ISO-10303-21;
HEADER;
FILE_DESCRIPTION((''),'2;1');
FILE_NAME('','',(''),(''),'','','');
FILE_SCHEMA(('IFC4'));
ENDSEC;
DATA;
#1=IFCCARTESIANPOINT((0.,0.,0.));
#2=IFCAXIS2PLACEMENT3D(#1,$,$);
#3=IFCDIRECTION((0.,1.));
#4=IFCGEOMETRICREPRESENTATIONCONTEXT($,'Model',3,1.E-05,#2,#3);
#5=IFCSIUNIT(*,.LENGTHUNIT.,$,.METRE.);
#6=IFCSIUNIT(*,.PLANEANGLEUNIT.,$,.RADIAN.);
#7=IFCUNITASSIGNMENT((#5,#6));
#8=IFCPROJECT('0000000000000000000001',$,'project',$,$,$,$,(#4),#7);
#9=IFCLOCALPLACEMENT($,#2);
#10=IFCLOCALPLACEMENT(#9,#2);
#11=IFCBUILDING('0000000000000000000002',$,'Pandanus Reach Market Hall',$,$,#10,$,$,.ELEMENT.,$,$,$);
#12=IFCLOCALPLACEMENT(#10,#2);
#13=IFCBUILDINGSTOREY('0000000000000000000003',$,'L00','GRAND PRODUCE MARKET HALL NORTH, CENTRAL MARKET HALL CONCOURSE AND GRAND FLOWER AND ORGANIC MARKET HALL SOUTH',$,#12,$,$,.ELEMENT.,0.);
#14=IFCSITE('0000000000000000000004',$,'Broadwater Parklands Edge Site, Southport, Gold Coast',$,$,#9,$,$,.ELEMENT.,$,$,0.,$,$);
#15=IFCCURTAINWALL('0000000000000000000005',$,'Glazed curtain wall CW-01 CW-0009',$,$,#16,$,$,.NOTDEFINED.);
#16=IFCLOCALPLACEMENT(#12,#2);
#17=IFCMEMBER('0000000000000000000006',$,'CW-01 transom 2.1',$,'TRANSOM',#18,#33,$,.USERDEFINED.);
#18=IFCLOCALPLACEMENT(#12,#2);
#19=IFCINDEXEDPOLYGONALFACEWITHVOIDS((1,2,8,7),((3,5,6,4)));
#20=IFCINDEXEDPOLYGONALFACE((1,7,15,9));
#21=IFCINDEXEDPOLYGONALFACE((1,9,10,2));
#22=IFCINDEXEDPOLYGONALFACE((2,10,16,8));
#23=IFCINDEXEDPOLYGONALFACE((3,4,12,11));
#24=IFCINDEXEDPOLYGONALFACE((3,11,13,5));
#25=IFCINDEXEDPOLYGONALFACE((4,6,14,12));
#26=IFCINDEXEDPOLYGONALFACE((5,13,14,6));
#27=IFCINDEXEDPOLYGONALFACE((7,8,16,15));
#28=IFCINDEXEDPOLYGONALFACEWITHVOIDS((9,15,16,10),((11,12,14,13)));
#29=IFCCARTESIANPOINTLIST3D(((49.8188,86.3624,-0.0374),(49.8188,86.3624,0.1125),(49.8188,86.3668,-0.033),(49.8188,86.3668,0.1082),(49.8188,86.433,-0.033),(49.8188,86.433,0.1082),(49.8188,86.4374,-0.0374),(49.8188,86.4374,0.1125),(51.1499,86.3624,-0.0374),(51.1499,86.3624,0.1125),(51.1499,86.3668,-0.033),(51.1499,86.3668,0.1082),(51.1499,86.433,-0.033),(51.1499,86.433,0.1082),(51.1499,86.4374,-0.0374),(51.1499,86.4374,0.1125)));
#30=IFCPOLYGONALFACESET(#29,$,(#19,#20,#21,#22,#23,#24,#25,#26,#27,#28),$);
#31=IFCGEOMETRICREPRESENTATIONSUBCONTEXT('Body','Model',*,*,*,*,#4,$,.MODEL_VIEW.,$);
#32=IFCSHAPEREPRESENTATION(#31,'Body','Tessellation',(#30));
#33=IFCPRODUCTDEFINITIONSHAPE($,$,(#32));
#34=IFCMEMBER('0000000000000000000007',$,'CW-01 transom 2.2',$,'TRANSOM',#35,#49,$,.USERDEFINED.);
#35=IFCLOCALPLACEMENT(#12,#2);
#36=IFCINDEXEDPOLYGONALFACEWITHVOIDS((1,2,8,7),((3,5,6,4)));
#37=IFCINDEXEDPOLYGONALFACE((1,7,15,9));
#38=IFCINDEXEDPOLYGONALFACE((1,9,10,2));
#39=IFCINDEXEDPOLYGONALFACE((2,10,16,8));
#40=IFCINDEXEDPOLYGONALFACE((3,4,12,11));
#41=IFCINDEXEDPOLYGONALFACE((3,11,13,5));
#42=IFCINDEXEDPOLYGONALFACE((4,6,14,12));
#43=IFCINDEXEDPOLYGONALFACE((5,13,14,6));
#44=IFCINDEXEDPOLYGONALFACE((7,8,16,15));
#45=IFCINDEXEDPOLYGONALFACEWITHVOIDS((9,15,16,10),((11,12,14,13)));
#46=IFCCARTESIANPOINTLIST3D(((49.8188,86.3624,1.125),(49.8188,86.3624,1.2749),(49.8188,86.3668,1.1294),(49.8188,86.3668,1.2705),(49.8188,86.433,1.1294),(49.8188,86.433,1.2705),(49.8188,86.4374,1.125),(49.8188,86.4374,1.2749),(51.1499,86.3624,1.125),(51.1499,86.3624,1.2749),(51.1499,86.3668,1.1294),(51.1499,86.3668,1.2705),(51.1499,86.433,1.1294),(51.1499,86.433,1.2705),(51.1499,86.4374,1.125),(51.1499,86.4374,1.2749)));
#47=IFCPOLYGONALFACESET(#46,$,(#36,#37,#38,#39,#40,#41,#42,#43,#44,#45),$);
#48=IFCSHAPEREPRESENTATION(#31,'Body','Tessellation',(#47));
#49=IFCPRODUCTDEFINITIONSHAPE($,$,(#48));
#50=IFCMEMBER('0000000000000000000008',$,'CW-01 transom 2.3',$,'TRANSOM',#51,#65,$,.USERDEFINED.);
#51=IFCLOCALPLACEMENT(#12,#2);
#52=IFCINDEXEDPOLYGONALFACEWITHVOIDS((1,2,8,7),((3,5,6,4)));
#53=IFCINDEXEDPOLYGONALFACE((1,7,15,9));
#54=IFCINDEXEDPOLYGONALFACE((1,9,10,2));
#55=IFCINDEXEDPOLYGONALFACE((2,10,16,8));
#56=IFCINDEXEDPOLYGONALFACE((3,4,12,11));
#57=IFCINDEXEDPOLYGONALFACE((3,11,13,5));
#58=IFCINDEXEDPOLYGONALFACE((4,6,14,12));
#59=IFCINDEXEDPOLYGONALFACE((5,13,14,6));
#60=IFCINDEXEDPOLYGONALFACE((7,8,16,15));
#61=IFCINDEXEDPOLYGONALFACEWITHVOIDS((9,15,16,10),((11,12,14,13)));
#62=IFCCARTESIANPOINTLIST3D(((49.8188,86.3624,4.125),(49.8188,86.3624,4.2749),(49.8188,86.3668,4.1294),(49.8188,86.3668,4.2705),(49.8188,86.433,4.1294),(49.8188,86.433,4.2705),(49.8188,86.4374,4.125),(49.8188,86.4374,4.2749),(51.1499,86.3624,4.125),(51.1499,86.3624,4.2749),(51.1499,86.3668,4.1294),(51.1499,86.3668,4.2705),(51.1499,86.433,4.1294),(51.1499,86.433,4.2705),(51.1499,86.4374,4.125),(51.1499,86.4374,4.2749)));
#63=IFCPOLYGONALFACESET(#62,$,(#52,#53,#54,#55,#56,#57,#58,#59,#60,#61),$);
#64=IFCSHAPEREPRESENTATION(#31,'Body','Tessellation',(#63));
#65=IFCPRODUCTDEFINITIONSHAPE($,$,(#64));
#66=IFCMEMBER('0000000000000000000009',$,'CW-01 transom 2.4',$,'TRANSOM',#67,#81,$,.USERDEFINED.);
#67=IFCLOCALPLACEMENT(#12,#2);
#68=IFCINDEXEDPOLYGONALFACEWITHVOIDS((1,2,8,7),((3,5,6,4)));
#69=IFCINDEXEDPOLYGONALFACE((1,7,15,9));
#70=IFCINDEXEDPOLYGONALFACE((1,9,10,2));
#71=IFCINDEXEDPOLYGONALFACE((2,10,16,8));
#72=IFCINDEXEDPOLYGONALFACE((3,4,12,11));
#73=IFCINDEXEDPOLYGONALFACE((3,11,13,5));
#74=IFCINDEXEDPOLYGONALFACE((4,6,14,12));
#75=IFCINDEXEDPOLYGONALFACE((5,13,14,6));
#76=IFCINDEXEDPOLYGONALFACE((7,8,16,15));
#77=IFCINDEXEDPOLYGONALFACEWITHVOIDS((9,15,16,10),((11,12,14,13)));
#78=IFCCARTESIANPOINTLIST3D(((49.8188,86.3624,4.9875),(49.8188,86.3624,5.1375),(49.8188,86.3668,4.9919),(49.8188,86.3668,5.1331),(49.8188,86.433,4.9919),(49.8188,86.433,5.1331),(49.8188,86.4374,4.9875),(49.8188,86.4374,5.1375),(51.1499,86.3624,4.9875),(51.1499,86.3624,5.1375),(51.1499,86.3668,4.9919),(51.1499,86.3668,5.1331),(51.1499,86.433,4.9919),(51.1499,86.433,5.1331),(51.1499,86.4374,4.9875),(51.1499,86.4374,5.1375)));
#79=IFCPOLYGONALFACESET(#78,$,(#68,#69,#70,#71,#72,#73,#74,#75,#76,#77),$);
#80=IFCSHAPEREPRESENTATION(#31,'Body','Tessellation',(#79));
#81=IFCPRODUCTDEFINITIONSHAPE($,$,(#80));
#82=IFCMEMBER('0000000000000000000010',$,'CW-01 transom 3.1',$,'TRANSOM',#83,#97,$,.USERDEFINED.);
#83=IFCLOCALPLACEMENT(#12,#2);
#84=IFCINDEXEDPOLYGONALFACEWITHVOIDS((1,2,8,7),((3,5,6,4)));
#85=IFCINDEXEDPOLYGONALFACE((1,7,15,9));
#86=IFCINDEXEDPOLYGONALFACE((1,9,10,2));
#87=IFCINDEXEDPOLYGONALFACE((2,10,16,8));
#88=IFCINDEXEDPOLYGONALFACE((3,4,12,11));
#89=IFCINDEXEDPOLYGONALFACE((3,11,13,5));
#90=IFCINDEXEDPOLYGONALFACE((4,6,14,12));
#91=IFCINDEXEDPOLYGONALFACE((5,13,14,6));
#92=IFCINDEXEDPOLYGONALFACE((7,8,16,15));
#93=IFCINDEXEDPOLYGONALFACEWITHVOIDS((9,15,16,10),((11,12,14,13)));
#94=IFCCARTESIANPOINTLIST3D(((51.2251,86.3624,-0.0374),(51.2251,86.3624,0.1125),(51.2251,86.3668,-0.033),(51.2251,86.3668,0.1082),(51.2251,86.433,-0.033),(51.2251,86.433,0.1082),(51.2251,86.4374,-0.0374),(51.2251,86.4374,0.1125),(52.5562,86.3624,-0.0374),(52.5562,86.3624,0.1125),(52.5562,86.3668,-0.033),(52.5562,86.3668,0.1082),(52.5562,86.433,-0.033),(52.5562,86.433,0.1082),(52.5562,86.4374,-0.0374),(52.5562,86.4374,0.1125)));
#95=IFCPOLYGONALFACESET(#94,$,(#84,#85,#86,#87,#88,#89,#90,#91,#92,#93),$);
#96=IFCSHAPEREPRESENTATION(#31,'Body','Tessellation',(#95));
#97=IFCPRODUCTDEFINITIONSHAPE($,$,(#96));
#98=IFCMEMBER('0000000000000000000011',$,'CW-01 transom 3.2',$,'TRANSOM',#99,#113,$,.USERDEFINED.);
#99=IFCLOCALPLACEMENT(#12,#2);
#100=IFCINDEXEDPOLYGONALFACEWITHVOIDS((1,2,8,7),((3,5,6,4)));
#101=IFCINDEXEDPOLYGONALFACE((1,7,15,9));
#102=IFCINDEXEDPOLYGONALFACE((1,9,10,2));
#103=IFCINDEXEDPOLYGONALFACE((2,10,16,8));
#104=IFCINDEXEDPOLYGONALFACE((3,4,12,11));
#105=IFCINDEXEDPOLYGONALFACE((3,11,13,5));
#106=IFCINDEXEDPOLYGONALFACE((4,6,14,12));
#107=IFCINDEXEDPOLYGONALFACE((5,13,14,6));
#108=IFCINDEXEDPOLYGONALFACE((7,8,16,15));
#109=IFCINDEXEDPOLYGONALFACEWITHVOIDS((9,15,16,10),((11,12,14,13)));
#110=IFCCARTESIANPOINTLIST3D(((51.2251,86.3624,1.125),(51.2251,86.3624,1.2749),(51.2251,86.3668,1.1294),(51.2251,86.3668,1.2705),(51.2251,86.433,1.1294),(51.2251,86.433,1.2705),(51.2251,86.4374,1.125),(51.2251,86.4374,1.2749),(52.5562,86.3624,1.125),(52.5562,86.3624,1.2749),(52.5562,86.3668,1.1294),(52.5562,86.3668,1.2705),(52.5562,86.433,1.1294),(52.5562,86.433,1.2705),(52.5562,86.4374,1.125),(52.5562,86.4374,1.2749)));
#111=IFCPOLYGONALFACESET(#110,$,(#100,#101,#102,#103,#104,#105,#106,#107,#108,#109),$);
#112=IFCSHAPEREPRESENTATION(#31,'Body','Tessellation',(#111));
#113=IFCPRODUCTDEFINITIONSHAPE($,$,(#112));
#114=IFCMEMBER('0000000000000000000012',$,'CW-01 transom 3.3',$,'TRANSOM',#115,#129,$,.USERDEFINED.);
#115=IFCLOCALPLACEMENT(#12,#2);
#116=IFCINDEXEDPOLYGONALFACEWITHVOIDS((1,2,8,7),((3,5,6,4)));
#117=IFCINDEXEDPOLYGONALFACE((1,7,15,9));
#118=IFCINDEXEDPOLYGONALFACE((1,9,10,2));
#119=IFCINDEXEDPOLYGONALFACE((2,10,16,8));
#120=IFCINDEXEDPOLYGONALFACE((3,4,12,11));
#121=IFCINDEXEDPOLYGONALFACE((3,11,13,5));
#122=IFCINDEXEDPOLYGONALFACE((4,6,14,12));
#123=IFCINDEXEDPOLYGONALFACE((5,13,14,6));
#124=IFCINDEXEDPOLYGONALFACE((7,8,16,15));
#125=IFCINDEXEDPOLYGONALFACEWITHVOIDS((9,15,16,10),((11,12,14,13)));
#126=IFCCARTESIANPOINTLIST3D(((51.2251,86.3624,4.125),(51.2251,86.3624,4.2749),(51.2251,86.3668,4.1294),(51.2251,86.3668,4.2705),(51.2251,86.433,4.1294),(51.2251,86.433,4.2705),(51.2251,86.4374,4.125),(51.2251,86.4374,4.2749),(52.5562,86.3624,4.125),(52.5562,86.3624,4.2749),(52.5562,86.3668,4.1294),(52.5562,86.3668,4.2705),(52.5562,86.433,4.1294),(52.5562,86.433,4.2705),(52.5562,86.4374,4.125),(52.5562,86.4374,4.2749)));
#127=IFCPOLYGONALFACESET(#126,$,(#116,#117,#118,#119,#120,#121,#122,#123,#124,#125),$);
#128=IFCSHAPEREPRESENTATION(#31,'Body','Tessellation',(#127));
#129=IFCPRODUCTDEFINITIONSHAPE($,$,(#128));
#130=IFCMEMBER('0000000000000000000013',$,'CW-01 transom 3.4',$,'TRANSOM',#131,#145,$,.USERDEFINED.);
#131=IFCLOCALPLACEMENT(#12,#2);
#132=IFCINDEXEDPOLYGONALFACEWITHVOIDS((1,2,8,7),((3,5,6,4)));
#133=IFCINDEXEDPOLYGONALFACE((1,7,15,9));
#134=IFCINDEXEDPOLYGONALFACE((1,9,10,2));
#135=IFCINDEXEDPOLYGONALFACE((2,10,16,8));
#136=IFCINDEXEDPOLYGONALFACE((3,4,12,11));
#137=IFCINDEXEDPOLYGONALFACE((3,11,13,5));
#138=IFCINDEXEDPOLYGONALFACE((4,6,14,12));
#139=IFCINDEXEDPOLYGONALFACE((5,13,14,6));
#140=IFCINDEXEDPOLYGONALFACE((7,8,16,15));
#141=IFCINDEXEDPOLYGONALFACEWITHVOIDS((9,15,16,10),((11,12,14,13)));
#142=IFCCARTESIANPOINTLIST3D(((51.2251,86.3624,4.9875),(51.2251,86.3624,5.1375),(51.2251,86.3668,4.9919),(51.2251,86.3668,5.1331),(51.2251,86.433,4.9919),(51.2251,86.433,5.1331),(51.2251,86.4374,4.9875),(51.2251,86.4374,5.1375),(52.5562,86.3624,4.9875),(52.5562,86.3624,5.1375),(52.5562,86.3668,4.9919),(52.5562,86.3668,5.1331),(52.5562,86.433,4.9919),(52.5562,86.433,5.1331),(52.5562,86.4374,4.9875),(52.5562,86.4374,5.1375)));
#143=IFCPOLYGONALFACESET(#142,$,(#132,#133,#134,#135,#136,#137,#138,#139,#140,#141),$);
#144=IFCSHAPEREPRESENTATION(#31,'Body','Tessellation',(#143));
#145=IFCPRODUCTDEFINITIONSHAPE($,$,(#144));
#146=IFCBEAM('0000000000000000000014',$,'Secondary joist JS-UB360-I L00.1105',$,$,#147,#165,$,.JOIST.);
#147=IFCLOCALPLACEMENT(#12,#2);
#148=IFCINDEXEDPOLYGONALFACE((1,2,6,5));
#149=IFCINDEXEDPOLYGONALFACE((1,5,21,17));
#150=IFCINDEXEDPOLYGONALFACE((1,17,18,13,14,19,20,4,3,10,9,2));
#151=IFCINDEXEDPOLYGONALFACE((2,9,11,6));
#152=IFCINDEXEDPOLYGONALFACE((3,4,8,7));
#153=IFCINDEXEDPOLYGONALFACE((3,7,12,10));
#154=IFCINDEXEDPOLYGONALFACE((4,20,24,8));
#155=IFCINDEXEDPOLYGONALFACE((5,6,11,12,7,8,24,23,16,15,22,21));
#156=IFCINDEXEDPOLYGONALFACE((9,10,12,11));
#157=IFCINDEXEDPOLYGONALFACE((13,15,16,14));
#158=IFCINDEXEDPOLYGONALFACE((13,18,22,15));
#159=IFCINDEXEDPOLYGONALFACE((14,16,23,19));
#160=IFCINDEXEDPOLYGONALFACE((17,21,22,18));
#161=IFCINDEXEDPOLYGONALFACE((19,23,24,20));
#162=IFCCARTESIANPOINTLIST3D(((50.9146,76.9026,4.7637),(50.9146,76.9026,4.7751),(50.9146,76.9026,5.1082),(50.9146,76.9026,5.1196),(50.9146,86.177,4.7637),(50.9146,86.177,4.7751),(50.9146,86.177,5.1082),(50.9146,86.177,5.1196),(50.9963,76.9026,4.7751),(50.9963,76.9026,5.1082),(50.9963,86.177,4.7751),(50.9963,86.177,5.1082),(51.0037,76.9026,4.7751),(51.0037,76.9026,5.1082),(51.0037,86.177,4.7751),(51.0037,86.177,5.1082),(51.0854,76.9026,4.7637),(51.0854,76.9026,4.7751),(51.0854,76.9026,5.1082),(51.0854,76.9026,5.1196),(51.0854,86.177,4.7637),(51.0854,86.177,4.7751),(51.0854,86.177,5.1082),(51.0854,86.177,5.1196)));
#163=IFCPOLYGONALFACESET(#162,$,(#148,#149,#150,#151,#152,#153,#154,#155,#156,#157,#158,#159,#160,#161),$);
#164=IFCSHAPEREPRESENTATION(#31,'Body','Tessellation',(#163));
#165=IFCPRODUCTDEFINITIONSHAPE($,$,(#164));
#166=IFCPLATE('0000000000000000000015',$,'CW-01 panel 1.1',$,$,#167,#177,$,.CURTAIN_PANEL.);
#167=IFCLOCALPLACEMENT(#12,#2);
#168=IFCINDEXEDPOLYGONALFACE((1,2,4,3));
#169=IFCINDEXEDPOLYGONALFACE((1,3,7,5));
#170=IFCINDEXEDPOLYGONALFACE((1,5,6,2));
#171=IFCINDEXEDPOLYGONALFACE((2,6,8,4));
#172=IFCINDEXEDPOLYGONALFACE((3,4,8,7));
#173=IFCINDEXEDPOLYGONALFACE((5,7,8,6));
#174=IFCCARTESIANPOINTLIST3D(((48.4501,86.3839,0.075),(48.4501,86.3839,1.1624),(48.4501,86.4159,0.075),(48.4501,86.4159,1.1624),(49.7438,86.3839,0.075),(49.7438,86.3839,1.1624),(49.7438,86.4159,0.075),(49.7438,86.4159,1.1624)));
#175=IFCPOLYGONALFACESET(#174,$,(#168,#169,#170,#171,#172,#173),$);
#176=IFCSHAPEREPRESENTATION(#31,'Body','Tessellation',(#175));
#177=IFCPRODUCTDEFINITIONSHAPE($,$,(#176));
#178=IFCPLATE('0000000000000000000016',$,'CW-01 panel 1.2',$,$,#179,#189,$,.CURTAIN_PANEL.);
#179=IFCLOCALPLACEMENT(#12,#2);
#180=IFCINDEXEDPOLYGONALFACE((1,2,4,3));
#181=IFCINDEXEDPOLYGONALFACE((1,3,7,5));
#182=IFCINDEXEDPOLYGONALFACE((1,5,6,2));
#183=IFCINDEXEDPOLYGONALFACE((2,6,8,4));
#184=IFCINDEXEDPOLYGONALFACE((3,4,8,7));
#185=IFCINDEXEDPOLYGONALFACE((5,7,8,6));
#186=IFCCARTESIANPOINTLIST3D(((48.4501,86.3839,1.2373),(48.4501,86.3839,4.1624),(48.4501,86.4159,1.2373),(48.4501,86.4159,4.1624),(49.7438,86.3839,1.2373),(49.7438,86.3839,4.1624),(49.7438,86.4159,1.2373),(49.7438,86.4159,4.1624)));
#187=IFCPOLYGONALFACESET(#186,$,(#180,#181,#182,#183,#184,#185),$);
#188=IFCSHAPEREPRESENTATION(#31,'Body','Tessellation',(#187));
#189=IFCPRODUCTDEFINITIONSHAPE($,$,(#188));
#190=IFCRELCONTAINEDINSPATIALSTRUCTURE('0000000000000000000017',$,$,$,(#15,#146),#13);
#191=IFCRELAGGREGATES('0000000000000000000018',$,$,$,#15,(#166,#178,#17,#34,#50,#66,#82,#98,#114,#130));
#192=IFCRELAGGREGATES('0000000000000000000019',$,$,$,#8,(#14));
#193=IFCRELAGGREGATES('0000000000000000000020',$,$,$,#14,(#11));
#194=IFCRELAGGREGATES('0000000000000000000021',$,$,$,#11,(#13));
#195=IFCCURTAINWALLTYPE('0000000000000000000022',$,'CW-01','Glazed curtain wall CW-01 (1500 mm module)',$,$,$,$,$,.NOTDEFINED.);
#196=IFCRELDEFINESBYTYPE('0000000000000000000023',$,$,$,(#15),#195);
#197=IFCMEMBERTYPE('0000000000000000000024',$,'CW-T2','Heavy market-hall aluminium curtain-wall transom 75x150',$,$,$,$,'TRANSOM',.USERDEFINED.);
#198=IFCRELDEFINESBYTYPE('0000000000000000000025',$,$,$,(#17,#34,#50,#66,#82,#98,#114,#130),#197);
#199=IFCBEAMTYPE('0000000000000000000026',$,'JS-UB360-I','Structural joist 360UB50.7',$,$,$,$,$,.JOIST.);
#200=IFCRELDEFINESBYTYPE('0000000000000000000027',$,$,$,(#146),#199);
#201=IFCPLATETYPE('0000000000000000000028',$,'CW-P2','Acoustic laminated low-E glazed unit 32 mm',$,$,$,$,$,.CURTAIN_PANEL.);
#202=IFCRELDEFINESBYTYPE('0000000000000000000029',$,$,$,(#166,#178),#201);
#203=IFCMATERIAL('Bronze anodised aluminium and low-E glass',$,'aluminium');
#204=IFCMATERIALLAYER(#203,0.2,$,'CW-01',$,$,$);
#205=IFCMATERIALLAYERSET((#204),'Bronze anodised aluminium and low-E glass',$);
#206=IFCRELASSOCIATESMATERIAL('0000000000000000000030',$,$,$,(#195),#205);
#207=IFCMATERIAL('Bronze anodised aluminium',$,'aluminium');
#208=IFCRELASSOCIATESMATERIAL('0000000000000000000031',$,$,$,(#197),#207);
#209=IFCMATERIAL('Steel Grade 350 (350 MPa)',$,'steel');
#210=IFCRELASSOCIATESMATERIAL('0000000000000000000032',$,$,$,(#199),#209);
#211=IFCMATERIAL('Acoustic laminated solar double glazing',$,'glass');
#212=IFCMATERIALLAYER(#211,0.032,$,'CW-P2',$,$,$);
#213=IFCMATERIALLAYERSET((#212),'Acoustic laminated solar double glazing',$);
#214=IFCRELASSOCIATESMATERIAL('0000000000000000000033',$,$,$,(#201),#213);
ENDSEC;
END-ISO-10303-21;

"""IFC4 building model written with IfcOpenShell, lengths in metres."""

from ifc_helpers import new_model, si_unit, direction, frame, origin, origin_2d, place, context, subcontext, project, spatial, rectangle, hollow_rectangle, i_section, extrude, material, layer, layer_set, material_profile, profile_set, type_object, element, aggregate, save


model = new_model("IFC4")

# Units and contexts
model_context = context("Model", 3, precision=1e-05, world=origin(), true_north=direction((0.0, 1.0)))
body_context = subcontext(model_context, "Body", "Model", "MODEL_VIEW")
ifc_project = project(units=[si_unit("LENGTHUNIT", "METRE"), si_unit("PLANEANGLEUNIT", "RADIAN")], contexts=[model_context])

# Site, building, storey
site_placement = place(None, origin())
site = spatial("IfcSite", under=ifc_project, at=site_placement, Name="Broadwater Parklands Edge Site, Southport, Gold Coast", CompositionType="ELEMENT", RefElevation=0.0)
building_placement = place(site_placement, origin())
building = spatial("IfcBuilding", under=site, at=building_placement, Name="Pandanus Reach Market Hall", CompositionType="ELEMENT")
storey_placement = place(building_placement, origin())
storey = spatial("IfcBuildingStorey", under=building, at=storey_placement, Name="L00", Description="GRAND PRODUCE MARKET HALL NORTH, CENTRAL MARKET HALL CONCOURSE AND GRAND FLOWER AND ORGANIC MARKET HALL SOUTH", CompositionType="ELEMENT", Elevation=0.0)

# Shared definitions
ifc_material_1 = material(Name="Steel Grade 350 (350 MPa)", Category="steel")

# Curtain wall
ifc_material_2 = material(Name="Bronze anodised aluminium and low-E glass", Category="aluminium")
ifc_layer_1 = layer(ifc_material_2, 0.2, Name="CW-01")
ifc_layer_set_1 = layer_set([ifc_layer_1], Name="Bronze anodised aluminium and low-E glass")
curtain_wall_type_1 = type_object("IfcCurtainWallType", Name="CW-01", Description="Glazed curtain wall CW-01 (1500 mm module)", PredefinedType="NOTDEFINED", material=ifc_layer_set_1)
curtain_wall_1_placement = place(storey_placement, origin())
curtain_wall_1 = element("IfcCurtainWall", 1, at=curtain_wall_1_placement, inside=storey, type_object=curtain_wall_type_1, Name="Glazed curtain wall CW-01 CW-0009", PredefinedType="NOTDEFINED")
ifc_material_3 = material(Name="Bronze anodised aluminium", Category="aluminium")

# Members
ifc_material_profile_1 = material_profile(ifc_material_3, hollow_rectangle(XDim=0.075, YDim=0.1499, WallThickness=0.0044, at=origin_2d()), Name="ALU75x150", Category="LoadBearing")
ifc_profile_set_1 = profile_set([ifc_material_profile_1], Name="Bronze anodised aluminium")
member_type_1 = type_object("IfcMemberType", Name="CW-T2", Description="Heavy market-hall aluminium curtain-wall transom 75x150", ElementType="TRANSOM", PredefinedType="USERDEFINED", material=ifc_profile_set_1)
member_1_placement = place(storey_placement, frame((49.8188, 86.3999, 0.0376), z_axis=(1.0, 0.0, 0.0), x_axis=(0.0, 1.0, 0.0)))
member_1 = element("IfcMember", 2, at=member_1_placement, type_object=member_type_1, Name="CW-01 transom 2.1", ObjectType="TRANSOM", PredefinedType="USERDEFINED", context=body_context, shape_type="SweptSolid", body=[
    extrude(hollow_rectangle(XDim=0.075, YDim=0.1499, WallThickness=0.0044, at=origin_2d()), origin(), (0.0, 0.0, 1.0), 1.3311),
])
member_2_placement = place(storey_placement, frame((49.8188, 86.3999, 1.2), z_axis=(1.0, 0.0, 0.0), x_axis=(0.0, 1.0, 0.0)))
member_2 = element("IfcMember", 3, at=member_2_placement, type_object=member_type_1, Name="CW-01 transom 2.2", ObjectType="TRANSOM", PredefinedType="USERDEFINED", context=body_context, shape_type="SweptSolid", body=[
    extrude(hollow_rectangle(XDim=0.075, YDim=0.1499, WallThickness=0.0044, at=origin_2d()), origin(), (0.0, 0.0, 1.0), 1.3311),
])
member_3_placement = place(storey_placement, frame((49.8188, 86.3999, 4.2), z_axis=(1.0, 0.0, 0.0), x_axis=(0.0, 1.0, 0.0)))
member_3 = element("IfcMember", 4, at=member_3_placement, type_object=member_type_1, Name="CW-01 transom 2.3", ObjectType="TRANSOM", PredefinedType="USERDEFINED", context=body_context, shape_type="SweptSolid", body=[
    extrude(hollow_rectangle(XDim=0.075, YDim=0.1499, WallThickness=0.0044, at=origin_2d()), origin(), (0.0, 0.0, 1.0), 1.3311),
])
member_4_placement = place(storey_placement, frame((49.8188, 86.3999, 5.0625), z_axis=(1.0, 0.0, 0.0), x_axis=(0.0, 1.0, 0.0)))
member_4 = element("IfcMember", 5, at=member_4_placement, type_object=member_type_1, Name="CW-01 transom 2.4", ObjectType="TRANSOM", PredefinedType="USERDEFINED", context=body_context, shape_type="SweptSolid", body=[
    extrude(hollow_rectangle(XDim=0.075, YDim=0.1499, WallThickness=0.0044, at=origin_2d()), origin(), (0.0, 0.0, 1.0), 1.3311),
])
member_5_placement = place(storey_placement, frame((51.2251, 86.3999, 0.0376), z_axis=(1.0, 0.0, 0.0), x_axis=(0.0, 1.0, 0.0)))
member_5 = element("IfcMember", 6, at=member_5_placement, type_object=member_type_1, Name="CW-01 transom 3.1", ObjectType="TRANSOM", PredefinedType="USERDEFINED", context=body_context, shape_type="SweptSolid", body=[
    extrude(hollow_rectangle(XDim=0.075, YDim=0.1499, WallThickness=0.0044, at=origin_2d()), origin(), (0.0, 0.0, 1.0), 1.3311),
])
member_6_placement = place(storey_placement, frame((51.2251, 86.3999, 1.2), z_axis=(1.0, 0.0, 0.0), x_axis=(0.0, 1.0, 0.0)))
member_6 = element("IfcMember", 7, at=member_6_placement, type_object=member_type_1, Name="CW-01 transom 3.2", ObjectType="TRANSOM", PredefinedType="USERDEFINED", context=body_context, shape_type="SweptSolid", body=[
    extrude(hollow_rectangle(XDim=0.075, YDim=0.1499, WallThickness=0.0044, at=origin_2d()), origin(), (0.0, 0.0, 1.0), 1.3311),
])
member_7_placement = place(storey_placement, frame((51.2251, 86.3999, 4.2), z_axis=(1.0, 0.0, 0.0), x_axis=(0.0, 1.0, 0.0)))
member_7 = element("IfcMember", 8, at=member_7_placement, type_object=member_type_1, Name="CW-01 transom 3.3", ObjectType="TRANSOM", PredefinedType="USERDEFINED", context=body_context, shape_type="SweptSolid", body=[
    extrude(hollow_rectangle(XDim=0.075, YDim=0.1499, WallThickness=0.0044, at=origin_2d()), origin(), (0.0, 0.0, 1.0), 1.3311),
])
member_8_placement = place(storey_placement, frame((51.2251, 86.3999, 5.0625), z_axis=(1.0, 0.0, 0.0), x_axis=(0.0, 1.0, 0.0)))
member_8 = element("IfcMember", 9, at=member_8_placement, type_object=member_type_1, Name="CW-01 transom 3.4", ObjectType="TRANSOM", PredefinedType="USERDEFINED", context=body_context, shape_type="SweptSolid", body=[
    extrude(hollow_rectangle(XDim=0.075, YDim=0.1499, WallThickness=0.0044, at=origin_2d()), origin(), (0.0, 0.0, 1.0), 1.3311),
])

# Beam
ifc_material_profile_2 = material_profile(ifc_material_1, i_section(OverallWidth=0.1709, OverallDepth=0.356, WebThickness=0.0073, FlangeThickness=0.0115, at=origin_2d()), Name="360UB50.7", Category="LoadBearing")
ifc_profile_set_2 = profile_set([ifc_material_profile_2], Name="Steel Grade 350 (350 MPa)")
beam_type_1 = type_object("IfcBeamType", Name="JS-UB360-I", Description="Structural joist 360UB50.7", PredefinedType="JOIST", material=ifc_profile_set_2)
beam_1_placement = place(storey_placement, frame((51.0, 76.9026, 4.9417), z_axis=(0.0, 1.0, 0.0), x_axis=(-1.0, 0.0, 0.0)))
element("IfcBeam", 10, at=beam_1_placement, inside=storey, type_object=beam_type_1, Name="Secondary joist JS-UB360-I L00.1105", PredefinedType="JOIST", context=body_context, shape_type="SweptSolid", body=[
    extrude(i_section(OverallWidth=0.1709, OverallDepth=0.356, WebThickness=0.0073, FlangeThickness=0.0115, at=origin_2d()), origin(), (0.0, 0.0, 1.0), 9.2744),
])

# Plates
ifc_material_4 = material(Name="Acoustic laminated solar double glazing", Category="glass")
ifc_layer_2 = layer(ifc_material_4, 0.032, Name="CW-P2")
ifc_layer_set_2 = layer_set([ifc_layer_2], Name="Acoustic laminated solar double glazing")
plate_type = type_object("IfcPlateType", Name="CW-P2", Description="Acoustic laminated low-E glazed unit 32 mm", PredefinedType="CURTAIN_PANEL", material=ifc_layer_set_2)
plate_1_placement = place(storey_placement, frame((49.0969, 86.3999, 0.075), z_axis=(0.0, 0.0, 1.0), x_axis=(1.0, 0.0, 0.0)))
plate_1 = element("IfcPlate", 11, at=plate_1_placement, type_object=plate_type, Name="CW-01 panel 1.1", PredefinedType="CURTAIN_PANEL", context=body_context, shape_type="SweptSolid", body=[
    extrude(rectangle(XDim=1.2937, YDim=0.032, at=origin_2d()), origin(), (0.0, 0.0, 1.0), 1.0874),
])
plate_2_placement = place(storey_placement, frame((49.0969, 86.3999, 1.2373), z_axis=(0.0, 0.0, 1.0), x_axis=(1.0, 0.0, 0.0)))
plate_2 = element("IfcPlate", 12, at=plate_2_placement, type_object=plate_type, Name="CW-01 panel 1.2", PredefinedType="CURTAIN_PANEL", context=body_context, shape_type="SweptSolid", body=[
    extrude(rectangle(XDim=1.2937, YDim=0.032, at=origin_2d()), origin(), (0.0, 0.0, 1.0), 2.925),
])
aggregate(curtain_wall_1, [plate_1, plate_2, member_1, member_2, member_3, member_4, member_5, member_6, member_7, member_8])

save(model, "model.ifc")
